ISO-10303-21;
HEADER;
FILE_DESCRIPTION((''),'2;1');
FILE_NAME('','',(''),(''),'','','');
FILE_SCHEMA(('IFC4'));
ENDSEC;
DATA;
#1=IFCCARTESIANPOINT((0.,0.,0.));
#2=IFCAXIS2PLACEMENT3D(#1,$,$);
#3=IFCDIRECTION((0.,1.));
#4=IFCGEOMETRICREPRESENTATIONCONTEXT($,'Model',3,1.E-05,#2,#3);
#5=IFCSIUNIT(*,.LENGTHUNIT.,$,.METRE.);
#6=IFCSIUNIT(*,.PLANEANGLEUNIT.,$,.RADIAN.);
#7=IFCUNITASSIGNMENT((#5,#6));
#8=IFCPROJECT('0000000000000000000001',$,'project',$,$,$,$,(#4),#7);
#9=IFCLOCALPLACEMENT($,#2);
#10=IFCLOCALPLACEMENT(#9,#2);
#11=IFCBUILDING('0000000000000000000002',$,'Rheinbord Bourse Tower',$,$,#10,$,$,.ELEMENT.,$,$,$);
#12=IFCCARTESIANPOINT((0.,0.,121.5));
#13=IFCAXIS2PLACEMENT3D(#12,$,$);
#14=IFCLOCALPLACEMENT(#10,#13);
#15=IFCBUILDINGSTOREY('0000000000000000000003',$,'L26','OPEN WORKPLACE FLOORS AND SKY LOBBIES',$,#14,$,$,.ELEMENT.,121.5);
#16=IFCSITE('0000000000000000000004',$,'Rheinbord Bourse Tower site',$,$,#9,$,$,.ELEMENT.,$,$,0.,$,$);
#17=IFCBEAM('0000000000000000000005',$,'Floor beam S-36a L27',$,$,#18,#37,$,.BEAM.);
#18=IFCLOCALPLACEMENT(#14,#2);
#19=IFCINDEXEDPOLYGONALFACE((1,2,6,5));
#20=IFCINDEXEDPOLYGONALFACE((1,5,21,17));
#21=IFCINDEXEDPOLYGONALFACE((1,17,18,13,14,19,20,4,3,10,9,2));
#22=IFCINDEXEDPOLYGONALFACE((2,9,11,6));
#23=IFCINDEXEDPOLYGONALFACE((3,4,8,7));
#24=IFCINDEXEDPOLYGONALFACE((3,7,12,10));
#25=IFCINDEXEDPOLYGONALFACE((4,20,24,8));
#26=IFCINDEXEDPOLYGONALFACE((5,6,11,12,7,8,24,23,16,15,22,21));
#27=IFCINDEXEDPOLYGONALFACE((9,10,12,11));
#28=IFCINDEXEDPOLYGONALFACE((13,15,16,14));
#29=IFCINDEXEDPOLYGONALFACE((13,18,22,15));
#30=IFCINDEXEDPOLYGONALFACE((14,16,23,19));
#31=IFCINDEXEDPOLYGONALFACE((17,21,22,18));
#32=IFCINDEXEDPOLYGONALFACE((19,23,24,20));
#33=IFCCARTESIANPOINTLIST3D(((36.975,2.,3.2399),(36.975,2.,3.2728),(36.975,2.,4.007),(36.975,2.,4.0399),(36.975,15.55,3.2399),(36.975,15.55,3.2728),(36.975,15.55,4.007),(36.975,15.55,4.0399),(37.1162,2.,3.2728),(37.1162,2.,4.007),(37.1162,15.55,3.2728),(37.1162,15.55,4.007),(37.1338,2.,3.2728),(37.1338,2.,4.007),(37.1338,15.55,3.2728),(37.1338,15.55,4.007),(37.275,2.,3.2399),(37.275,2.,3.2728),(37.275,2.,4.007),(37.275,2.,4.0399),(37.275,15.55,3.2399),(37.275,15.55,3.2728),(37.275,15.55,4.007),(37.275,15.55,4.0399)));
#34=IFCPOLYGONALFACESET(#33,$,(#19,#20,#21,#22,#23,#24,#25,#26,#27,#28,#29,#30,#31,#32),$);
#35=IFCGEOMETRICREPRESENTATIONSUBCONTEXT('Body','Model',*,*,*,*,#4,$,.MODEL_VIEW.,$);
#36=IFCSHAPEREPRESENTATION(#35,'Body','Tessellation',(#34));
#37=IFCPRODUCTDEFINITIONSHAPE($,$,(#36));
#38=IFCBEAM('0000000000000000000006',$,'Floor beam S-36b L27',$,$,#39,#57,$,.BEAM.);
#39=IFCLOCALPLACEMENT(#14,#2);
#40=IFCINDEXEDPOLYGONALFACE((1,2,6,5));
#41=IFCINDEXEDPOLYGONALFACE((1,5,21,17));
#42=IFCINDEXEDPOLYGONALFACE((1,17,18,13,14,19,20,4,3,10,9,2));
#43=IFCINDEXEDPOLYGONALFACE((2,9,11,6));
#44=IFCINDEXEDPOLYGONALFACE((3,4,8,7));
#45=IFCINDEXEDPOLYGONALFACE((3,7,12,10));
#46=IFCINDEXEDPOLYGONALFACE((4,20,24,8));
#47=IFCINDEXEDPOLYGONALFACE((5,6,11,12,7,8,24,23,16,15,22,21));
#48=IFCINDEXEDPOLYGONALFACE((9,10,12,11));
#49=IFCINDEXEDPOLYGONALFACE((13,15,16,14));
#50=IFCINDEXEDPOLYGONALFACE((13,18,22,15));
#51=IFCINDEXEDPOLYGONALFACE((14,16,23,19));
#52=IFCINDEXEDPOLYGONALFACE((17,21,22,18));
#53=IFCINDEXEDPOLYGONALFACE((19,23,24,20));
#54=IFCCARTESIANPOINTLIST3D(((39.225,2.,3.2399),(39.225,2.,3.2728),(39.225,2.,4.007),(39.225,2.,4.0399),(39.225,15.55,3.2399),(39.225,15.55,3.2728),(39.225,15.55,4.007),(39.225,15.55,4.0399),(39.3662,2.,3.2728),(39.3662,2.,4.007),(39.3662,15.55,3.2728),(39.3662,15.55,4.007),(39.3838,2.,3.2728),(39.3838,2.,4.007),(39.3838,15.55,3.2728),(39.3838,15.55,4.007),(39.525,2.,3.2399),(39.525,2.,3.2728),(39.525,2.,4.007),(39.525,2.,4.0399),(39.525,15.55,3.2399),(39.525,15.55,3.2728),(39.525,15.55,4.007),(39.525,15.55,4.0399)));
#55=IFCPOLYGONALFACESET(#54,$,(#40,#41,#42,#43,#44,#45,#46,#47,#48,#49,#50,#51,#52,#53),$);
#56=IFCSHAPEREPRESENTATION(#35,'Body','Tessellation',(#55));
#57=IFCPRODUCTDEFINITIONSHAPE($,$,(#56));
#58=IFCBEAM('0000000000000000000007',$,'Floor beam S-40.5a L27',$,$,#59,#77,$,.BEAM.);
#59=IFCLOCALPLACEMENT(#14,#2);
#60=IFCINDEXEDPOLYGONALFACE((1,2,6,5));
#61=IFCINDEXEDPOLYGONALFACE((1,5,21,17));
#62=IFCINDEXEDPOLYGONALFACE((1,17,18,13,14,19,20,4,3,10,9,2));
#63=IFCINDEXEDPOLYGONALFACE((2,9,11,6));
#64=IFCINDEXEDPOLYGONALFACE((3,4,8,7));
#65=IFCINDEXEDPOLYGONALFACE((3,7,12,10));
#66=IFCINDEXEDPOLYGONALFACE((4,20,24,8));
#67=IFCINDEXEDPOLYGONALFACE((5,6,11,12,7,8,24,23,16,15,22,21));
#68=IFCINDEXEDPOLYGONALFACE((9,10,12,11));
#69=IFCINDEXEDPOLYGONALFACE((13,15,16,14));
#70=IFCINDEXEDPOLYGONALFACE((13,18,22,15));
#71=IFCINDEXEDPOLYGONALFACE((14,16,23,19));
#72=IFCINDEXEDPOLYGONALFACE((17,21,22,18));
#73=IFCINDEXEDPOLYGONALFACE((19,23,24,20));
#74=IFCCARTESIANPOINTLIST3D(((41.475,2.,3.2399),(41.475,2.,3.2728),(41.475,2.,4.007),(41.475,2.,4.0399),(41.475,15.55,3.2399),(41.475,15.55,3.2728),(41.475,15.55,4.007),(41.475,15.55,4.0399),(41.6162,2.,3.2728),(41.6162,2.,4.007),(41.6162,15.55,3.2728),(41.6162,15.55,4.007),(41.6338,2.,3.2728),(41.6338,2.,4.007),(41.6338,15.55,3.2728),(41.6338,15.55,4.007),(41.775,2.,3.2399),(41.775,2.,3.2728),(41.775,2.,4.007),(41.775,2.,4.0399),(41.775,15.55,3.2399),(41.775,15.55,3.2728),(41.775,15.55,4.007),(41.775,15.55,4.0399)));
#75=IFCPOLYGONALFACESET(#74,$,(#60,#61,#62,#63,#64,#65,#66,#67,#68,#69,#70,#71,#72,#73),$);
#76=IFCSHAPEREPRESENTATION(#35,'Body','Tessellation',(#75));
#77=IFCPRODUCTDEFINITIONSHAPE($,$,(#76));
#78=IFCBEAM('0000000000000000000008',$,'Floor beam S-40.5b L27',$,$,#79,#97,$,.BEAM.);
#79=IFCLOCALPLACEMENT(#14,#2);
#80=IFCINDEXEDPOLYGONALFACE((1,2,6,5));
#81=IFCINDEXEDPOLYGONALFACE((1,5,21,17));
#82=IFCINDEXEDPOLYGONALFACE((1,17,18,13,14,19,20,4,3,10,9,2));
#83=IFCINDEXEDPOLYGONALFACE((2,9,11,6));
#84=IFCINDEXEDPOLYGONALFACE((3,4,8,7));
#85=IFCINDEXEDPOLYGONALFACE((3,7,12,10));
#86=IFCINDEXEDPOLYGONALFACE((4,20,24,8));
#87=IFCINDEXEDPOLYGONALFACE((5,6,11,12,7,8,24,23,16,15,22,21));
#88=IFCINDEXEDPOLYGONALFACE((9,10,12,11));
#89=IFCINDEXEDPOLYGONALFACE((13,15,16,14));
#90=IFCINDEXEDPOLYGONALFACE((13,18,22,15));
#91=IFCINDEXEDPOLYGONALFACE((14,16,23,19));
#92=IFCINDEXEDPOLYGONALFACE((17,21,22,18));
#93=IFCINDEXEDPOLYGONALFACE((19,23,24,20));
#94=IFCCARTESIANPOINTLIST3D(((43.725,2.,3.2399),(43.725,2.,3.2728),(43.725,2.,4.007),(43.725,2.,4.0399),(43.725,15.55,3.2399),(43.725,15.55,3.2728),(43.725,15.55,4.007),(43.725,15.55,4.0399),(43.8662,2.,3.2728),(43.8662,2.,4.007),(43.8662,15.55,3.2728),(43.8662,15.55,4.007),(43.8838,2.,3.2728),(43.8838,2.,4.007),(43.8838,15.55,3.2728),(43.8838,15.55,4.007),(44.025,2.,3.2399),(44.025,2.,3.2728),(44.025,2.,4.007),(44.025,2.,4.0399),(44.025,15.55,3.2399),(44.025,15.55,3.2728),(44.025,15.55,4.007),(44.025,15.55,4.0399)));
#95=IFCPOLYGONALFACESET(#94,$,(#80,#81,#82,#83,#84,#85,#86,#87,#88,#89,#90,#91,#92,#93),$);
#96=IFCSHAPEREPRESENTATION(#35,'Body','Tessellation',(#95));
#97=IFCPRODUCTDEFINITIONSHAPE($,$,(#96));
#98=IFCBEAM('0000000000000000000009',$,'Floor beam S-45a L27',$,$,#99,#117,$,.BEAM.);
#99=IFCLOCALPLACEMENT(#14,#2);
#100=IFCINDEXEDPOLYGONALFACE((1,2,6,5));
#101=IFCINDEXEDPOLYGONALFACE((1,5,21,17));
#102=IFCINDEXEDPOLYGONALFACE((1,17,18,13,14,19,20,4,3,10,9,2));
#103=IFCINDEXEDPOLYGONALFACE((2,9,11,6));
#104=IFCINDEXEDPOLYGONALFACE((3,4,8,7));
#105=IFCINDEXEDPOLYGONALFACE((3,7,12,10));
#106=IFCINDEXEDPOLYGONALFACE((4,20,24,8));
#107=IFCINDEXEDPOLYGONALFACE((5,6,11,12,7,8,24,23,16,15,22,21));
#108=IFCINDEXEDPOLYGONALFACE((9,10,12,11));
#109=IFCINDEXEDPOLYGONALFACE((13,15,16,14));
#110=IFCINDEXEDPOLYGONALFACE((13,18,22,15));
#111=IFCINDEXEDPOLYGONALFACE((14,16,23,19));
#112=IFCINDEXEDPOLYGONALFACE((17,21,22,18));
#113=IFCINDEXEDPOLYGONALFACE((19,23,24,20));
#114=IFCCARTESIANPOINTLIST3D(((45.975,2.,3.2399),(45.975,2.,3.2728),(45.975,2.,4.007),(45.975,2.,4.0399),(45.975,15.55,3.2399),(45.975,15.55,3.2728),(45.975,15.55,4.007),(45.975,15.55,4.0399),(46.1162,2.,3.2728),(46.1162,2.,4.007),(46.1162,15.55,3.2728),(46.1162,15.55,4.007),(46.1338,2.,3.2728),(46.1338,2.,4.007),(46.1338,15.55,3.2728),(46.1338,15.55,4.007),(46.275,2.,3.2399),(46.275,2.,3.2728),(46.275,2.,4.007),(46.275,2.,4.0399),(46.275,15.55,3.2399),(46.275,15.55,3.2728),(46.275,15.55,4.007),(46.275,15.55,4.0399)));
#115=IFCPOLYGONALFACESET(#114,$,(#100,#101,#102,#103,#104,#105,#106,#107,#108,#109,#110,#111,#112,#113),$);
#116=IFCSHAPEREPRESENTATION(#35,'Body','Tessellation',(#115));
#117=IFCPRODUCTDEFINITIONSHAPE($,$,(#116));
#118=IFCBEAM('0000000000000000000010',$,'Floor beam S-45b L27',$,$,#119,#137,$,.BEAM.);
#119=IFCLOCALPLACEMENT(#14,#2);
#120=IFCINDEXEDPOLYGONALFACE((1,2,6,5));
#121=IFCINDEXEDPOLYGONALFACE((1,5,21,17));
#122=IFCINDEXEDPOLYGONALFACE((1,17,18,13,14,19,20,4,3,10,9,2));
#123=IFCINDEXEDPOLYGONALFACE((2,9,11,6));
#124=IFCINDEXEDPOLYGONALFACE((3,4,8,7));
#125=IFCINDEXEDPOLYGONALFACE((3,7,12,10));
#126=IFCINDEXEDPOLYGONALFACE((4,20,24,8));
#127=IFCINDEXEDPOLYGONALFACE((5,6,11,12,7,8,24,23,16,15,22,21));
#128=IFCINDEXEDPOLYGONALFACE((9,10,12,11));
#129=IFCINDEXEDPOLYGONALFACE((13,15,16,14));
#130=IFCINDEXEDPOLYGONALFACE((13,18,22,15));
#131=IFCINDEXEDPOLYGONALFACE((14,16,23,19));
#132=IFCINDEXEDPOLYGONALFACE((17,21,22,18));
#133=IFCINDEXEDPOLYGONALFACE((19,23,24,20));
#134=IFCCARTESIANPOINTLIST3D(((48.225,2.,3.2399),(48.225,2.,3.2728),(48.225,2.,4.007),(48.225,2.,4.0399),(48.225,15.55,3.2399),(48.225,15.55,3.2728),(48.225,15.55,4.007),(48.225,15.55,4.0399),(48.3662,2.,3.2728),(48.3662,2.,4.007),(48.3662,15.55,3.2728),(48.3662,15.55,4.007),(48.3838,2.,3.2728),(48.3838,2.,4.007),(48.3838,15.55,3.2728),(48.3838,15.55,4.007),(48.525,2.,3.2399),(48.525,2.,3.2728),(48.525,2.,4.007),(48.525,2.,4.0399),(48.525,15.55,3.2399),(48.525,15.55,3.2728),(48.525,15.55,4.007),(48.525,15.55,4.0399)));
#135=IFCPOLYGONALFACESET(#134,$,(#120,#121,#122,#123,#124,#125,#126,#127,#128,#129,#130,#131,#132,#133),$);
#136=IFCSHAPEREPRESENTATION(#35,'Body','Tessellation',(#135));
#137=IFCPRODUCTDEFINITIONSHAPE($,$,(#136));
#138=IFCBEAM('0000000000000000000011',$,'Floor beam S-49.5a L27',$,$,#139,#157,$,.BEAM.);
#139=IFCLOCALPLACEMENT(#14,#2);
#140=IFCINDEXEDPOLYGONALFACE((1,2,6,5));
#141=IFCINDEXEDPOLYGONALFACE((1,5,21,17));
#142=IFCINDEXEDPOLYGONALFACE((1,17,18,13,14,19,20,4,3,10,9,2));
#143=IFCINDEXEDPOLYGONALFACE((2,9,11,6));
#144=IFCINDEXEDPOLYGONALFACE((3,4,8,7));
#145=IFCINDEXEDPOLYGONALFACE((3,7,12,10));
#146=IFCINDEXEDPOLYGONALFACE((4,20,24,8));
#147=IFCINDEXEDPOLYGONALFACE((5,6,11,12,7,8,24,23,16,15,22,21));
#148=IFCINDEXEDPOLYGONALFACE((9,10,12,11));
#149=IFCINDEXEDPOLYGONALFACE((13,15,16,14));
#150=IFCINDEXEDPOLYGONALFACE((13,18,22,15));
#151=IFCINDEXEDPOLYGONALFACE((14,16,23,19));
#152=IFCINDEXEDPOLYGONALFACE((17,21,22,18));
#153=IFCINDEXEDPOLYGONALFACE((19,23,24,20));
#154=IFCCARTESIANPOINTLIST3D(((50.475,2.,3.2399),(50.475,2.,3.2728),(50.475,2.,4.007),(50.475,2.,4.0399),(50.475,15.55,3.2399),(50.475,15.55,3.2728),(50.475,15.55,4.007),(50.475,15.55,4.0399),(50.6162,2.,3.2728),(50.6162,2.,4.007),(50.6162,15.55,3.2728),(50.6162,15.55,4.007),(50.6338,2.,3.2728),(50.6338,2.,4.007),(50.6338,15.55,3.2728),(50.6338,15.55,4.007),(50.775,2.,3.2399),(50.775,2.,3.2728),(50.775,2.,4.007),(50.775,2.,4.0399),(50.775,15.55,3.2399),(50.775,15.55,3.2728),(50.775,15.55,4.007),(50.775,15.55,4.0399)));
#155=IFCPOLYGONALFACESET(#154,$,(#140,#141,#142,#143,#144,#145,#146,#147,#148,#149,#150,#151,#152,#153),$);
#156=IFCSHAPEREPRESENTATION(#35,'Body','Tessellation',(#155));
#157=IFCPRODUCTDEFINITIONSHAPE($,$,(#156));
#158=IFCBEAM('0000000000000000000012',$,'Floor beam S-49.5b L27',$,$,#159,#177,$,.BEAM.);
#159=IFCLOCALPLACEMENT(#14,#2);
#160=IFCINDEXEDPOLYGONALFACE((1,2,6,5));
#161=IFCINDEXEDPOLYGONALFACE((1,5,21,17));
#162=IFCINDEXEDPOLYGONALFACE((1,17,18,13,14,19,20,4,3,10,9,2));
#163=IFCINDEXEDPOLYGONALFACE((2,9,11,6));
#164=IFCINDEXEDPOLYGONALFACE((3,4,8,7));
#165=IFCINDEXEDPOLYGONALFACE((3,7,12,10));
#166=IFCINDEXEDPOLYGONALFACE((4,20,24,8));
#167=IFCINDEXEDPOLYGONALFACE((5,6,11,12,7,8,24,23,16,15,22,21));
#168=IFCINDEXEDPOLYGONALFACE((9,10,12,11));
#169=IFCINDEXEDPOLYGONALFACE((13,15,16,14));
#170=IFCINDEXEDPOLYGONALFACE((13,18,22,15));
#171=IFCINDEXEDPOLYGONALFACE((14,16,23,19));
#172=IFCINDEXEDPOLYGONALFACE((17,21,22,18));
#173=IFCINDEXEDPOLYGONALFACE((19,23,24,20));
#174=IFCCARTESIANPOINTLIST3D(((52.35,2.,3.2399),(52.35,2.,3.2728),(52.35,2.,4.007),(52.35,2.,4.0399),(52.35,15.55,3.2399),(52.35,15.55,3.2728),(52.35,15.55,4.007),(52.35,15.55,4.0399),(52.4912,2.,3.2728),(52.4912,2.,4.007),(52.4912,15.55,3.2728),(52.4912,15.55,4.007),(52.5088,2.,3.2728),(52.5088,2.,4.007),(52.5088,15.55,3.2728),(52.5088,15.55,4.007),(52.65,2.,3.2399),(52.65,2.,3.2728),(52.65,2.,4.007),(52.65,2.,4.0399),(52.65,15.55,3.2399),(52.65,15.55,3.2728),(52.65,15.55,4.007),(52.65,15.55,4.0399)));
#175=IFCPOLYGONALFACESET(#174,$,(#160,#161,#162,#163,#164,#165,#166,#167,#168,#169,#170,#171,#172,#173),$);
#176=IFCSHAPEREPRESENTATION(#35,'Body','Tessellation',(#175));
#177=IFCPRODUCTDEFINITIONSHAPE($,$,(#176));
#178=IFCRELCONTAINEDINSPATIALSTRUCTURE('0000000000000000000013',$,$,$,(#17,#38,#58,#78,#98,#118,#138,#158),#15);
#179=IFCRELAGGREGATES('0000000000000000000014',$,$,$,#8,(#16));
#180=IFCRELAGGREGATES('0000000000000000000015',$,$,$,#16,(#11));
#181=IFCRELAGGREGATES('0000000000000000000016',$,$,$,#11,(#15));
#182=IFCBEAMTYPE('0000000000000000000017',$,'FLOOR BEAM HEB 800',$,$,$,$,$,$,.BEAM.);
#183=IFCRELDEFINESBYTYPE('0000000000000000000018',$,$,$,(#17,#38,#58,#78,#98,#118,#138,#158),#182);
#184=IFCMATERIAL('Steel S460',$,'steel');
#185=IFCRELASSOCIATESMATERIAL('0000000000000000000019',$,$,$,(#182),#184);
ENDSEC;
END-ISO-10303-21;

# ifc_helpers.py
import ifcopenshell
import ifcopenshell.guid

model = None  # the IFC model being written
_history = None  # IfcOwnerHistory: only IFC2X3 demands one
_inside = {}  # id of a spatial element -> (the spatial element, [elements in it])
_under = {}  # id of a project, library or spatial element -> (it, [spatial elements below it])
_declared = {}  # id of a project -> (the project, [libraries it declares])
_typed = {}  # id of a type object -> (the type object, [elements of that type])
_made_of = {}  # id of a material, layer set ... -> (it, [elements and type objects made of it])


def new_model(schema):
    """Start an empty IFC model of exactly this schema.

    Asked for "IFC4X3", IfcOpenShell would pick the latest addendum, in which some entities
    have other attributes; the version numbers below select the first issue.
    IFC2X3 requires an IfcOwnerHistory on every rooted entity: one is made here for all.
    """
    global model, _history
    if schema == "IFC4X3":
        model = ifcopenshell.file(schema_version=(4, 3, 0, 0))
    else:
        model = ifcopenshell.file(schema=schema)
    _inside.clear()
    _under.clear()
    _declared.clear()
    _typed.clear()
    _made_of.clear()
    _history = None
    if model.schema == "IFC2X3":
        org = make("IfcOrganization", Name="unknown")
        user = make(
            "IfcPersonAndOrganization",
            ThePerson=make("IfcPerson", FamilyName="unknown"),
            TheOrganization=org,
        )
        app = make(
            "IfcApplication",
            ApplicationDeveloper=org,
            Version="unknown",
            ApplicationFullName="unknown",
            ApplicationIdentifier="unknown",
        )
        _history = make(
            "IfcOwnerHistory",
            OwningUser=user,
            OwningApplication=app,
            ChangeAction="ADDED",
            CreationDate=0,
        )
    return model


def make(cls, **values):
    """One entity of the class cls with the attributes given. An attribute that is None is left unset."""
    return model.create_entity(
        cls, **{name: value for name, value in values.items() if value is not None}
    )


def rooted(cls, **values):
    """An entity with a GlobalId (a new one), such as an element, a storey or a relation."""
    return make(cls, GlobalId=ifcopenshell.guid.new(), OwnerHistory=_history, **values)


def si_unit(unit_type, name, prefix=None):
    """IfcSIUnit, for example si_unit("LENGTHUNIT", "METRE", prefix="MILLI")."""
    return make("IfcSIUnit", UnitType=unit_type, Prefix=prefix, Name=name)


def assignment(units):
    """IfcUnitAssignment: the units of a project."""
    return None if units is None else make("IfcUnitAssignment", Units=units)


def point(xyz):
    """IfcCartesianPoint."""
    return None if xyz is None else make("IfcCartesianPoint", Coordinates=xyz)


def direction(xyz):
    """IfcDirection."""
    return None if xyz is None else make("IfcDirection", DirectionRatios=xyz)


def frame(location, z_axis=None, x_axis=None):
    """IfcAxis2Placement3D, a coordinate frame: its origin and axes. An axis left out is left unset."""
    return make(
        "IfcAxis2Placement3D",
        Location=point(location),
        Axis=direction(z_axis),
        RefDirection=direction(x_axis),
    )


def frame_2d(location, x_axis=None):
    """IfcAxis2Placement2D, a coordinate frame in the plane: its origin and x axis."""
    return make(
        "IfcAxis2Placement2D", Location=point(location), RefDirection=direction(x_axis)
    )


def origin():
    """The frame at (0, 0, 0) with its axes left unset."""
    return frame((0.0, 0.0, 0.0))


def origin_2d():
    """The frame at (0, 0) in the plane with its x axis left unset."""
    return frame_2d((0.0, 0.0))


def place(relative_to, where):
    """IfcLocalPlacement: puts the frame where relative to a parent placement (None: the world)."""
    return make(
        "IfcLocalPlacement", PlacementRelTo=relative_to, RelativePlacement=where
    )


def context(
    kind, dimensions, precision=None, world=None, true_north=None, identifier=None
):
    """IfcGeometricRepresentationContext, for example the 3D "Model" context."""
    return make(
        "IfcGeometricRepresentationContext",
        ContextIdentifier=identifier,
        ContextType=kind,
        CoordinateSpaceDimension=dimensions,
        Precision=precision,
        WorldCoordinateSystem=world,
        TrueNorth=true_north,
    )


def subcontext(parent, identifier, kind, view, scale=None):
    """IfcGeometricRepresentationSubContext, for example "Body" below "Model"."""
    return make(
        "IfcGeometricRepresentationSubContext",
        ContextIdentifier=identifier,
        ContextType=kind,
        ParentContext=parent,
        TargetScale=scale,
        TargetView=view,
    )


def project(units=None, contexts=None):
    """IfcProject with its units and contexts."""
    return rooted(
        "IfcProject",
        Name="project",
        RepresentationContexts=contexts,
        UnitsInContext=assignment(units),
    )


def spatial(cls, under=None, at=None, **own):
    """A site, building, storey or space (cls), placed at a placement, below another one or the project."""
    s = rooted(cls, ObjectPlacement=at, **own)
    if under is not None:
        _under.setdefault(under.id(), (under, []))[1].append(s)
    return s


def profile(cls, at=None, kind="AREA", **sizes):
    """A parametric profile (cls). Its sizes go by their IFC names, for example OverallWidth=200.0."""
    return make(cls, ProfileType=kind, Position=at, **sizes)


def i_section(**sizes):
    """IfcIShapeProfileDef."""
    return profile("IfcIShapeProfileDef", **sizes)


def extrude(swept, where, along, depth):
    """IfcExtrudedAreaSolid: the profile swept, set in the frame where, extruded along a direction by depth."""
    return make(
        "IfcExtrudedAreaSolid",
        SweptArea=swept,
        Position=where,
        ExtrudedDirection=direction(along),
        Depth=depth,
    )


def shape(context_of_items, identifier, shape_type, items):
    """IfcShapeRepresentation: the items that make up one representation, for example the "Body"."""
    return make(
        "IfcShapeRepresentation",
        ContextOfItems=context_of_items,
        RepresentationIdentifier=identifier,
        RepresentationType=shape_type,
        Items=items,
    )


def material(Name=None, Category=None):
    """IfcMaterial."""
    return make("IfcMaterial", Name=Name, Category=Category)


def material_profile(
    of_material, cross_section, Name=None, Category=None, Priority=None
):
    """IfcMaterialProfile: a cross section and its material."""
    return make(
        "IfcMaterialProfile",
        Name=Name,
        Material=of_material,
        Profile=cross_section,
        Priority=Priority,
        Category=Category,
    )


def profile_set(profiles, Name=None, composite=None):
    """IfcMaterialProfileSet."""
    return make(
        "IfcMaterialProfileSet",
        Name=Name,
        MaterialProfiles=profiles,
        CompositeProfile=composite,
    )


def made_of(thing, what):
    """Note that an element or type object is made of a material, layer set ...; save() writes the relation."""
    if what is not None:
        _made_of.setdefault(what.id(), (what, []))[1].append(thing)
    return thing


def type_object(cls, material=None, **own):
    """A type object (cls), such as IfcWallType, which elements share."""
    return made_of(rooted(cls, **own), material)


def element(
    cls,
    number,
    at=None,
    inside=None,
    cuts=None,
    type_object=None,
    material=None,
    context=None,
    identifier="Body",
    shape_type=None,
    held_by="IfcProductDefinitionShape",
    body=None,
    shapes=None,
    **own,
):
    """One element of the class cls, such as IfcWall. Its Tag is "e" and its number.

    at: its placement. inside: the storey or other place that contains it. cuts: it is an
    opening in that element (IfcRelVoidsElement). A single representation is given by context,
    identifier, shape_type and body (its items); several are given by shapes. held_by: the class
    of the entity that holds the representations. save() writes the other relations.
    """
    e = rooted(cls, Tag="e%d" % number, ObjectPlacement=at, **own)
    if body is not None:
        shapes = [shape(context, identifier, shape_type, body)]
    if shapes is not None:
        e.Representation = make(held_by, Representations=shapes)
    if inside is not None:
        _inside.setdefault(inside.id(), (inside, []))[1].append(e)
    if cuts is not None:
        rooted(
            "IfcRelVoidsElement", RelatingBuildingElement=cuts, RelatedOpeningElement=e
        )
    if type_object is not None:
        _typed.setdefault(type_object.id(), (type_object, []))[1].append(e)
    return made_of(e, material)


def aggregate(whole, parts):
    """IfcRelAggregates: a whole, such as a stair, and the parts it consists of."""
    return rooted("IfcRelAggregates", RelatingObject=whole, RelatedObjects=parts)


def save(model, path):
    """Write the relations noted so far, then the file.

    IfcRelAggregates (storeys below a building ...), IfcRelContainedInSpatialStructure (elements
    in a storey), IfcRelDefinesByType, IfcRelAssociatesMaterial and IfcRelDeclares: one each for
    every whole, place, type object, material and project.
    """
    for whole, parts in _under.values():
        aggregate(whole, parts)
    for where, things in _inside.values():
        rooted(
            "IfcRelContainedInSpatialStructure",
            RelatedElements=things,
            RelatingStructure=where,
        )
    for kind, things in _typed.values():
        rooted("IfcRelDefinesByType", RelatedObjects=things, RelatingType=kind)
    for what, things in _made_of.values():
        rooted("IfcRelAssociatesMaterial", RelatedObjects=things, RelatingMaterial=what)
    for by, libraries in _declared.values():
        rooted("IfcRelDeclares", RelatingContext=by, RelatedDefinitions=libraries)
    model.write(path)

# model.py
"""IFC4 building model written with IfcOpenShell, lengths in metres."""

from ifc_helpers import new_model, si_unit, direction, frame, origin, origin_2d, place, context, subcontext, project, spatial, i_section, extrude, material, material_profile, profile_set, type_object, element, save


model = new_model("IFC4")

# Units and contexts
model_context = context("Model", 3, precision=1e-05, world=origin(), true_north=direction((0.0, 1.0)))
body_context = subcontext(model_context, "Body", "Model", "MODEL_VIEW")
ifc_project = project(units=[si_unit("LENGTHUNIT", "METRE"), si_unit("PLANEANGLEUNIT", "RADIAN")], contexts=[model_context])

# Site, building, storey
site_placement = place(None, origin())
site = spatial("IfcSite", under=ifc_project, at=site_placement, Name="Rheinbord Bourse Tower site", CompositionType="ELEMENT", RefElevation=0.0)
building_placement = place(site_placement, origin())
building = spatial("IfcBuilding", under=site, at=building_placement, Name="Rheinbord Bourse Tower", CompositionType="ELEMENT")
storey_placement = place(building_placement, frame((0.0, 0.0, 121.5)))
storey = spatial("IfcBuildingStorey", under=building, at=storey_placement, Name="L26", Description="OPEN WORKPLACE FLOORS AND SKY LOBBIES", CompositionType="ELEMENT", Elevation=121.5)

# Beams
ifc_material_1 = material(Name="Steel S460", Category="steel")
ifc_material_profile_1 = material_profile(ifc_material_1, i_section(OverallWidth=0.3, OverallDepth=0.8, WebThickness=0.0176, FlangeThickness=0.033, at=origin_2d()), Name="HEB 800")
ifc_profile_set_1 = profile_set([ifc_material_profile_1], Name="Steel S460")
beam_type_1 = type_object("IfcBeamType", Name="FLOOR BEAM HEB 800", PredefinedType="BEAM", material=ifc_profile_set_1)
for number, where, z_axis, x_axis, name in (
    (1, (37.125, 2.0, 3.6399), (0.0, 1.0, 0.0), (-1.0, 0.0, 0.0), "Floor beam S-36a L27"),
    (2, (39.375, 2.0, 3.6399), (0.0, 1.0, 0.0), (-1.0, 0.0, 0.0), "Floor beam S-36b L27"),
    (3, (41.625, 2.0, 3.6399), (0.0, 1.0, 0.0), (-1.0, 0.0, 0.0), "Floor beam S-40.5a L27"),
    (4, (43.875, 2.0, 3.6399), (0.0, 1.0, 0.0), (-1.0, 0.0, 0.0), "Floor beam S-40.5b L27"),
    (5, (46.125, 2.0, 3.6399), (0.0, 1.0, 0.0), (-1.0, 0.0, 0.0), "Floor beam S-45a L27"),
    (6, (48.375, 2.0, 3.6399), (0.0, 1.0, 0.0), (-1.0, 0.0, 0.0), "Floor beam S-45b L27"),
    (7, (50.625, 2.0, 3.6399), (0.0, 1.0, 0.0), (-1.0, 0.0, 0.0), "Floor beam S-49.5a L27"),
    (8, (52.5, 2.0, 3.6399), (0.0, 1.0, 0.0), (-1.0, 0.0, 0.0), "Floor beam S-49.5b L27"),
):
    element("IfcBeam", number, at=place(storey_placement, frame(where, z_axis=z_axis, x_axis=x_axis)), inside=storey, type_object=beam_type_1, Name=name, PredefinedType="BEAM", context=body_context, shape_type="SweptSolid", body=[
        extrude(i_section(OverallWidth=0.3, OverallDepth=0.8, WebThickness=0.0176, FlangeThickness=0.033, at=origin_2d()), origin(), (0.0, 0.0, 1.0), 13.55),
    ])

save(model, "model.ifc")
